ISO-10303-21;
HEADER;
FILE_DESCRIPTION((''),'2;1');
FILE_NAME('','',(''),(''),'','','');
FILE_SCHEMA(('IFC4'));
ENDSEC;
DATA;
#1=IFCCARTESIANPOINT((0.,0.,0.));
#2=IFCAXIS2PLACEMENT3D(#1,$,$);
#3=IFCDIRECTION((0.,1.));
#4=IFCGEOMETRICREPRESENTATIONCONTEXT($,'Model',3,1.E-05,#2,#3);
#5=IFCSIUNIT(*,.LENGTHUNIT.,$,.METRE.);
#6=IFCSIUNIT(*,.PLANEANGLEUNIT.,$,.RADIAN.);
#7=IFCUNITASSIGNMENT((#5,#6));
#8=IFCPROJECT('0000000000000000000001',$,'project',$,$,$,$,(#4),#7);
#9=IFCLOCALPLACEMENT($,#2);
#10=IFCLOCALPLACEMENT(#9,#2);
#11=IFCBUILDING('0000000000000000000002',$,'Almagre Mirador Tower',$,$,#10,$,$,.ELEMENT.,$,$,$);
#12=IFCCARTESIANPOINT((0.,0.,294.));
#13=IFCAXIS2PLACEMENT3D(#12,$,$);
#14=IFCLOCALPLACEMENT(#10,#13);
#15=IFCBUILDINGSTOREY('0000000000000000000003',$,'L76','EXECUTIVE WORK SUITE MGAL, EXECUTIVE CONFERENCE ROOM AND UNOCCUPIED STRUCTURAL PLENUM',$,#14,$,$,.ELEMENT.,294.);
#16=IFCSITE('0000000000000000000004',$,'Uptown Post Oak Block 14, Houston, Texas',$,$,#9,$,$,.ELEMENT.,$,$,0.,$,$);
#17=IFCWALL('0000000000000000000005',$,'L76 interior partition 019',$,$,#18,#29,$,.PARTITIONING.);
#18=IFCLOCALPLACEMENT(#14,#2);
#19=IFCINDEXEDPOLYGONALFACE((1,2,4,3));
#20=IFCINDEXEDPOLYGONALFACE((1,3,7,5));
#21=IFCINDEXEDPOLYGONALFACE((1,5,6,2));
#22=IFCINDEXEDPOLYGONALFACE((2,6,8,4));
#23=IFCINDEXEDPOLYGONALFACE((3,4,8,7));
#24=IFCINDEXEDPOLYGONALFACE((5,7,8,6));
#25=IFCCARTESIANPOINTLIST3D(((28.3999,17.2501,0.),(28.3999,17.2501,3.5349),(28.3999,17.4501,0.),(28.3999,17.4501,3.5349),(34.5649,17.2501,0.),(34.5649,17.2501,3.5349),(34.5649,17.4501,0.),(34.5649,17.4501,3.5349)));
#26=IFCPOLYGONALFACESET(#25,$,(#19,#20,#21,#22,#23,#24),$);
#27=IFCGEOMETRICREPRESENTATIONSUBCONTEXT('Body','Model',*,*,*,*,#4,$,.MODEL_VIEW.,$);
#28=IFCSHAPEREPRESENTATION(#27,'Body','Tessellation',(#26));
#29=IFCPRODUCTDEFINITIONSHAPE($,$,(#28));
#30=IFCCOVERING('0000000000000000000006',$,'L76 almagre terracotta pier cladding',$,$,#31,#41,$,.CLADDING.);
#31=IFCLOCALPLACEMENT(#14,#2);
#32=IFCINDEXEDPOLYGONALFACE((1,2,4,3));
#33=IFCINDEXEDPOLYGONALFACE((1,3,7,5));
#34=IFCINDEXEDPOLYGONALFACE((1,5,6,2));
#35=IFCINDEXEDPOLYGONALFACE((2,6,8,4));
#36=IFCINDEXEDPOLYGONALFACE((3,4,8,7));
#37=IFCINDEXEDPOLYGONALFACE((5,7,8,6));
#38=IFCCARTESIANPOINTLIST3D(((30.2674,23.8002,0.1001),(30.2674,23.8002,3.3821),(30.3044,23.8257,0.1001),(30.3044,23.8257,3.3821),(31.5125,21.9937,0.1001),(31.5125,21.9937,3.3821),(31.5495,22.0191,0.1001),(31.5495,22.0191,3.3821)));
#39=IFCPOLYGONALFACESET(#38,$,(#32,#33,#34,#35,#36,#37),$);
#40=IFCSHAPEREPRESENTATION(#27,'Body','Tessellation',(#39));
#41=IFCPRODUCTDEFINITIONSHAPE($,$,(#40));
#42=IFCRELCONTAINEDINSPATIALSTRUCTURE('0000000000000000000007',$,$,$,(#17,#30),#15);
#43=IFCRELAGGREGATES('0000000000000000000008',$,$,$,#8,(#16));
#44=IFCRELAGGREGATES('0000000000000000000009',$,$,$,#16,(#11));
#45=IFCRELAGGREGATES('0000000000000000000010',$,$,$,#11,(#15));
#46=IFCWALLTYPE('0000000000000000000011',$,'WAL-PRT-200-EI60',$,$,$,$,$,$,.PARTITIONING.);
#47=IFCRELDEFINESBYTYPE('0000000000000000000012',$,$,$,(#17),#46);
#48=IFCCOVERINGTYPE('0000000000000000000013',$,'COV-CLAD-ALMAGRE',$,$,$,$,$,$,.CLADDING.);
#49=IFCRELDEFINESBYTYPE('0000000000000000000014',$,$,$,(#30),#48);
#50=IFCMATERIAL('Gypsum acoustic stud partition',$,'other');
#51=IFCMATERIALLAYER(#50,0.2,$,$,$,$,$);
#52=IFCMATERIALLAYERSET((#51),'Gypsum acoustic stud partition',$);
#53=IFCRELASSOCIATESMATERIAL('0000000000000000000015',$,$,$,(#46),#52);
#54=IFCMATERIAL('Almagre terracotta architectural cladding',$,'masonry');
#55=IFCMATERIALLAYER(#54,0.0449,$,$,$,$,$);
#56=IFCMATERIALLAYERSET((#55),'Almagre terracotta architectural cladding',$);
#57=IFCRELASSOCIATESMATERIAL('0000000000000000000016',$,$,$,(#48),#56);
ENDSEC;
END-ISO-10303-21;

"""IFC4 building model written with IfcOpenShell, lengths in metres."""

from ifc_helpers import new_model, si_unit, direction, frame, frame_2d, origin, origin_2d, place, context, subcontext, project, spatial, rectangle, extrude, material, layer, layer_set, type_object, element, save


model = new_model("IFC4")

# Units and contexts
model_context = context("Model", 3, precision=1e-05, world=origin(), true_north=direction((0.0, 1.0)))
body_context = subcontext(model_context, "Body", "Model", "MODEL_VIEW")
ifc_project = project(units=[si_unit("LENGTHUNIT", "METRE"), si_unit("PLANEANGLEUNIT", "RADIAN")], contexts=[model_context])

# Site, building, storey
site_placement = place(None, origin())
site = spatial("IfcSite", under=ifc_project, at=site_placement, Name="Uptown Post Oak Block 14, Houston, Texas", CompositionType="ELEMENT", RefElevation=0.0)
building_placement = place(site_placement, origin())
building = spatial("IfcBuilding", under=site, at=building_placement, Name="Almagre Mirador Tower", CompositionType="ELEMENT")
storey_placement = place(building_placement, frame((0.0, 0.0, 294.0)))
storey = spatial("IfcBuildingStorey", under=building, at=storey_placement, Name="L76", Description="EXECUTIVE WORK SUITE MGAL, EXECUTIVE CONFERENCE ROOM AND UNOCCUPIED STRUCTURAL PLENUM", CompositionType="ELEMENT", Elevation=294.0)

# Shared definitions
ifc_material_1 = material(Name="Gypsum acoustic stud partition", Category="other")
ifc_layer_1 = layer(ifc_material_1, 0.2)
ifc_layer_set_1 = layer_set([ifc_layer_1], Name="Gypsum acoustic stud partition")
wall_type_1 = type_object("IfcWallType", Name="WAL-PRT-200-EI60", PredefinedType="PARTITIONING", material=ifc_layer_set_1)

# Wall
wall_1_placement = place(storey_placement, frame((34.5649, 17.3501, 0.0), z_axis=(0.0, 0.0, 1.0), x_axis=(-1.0, 0.0, 0.0)))
element("IfcWall", 1, at=wall_1_placement, inside=storey, type_object=wall_type_1, Name="L76 interior partition 019", PredefinedType="PARTITIONING", context=body_context, shape_type="SweptSolid", body=[
    extrude(rectangle(XDim=6.165, YDim=0.2, at=frame_2d((3.0825, 0.0))), origin(), (0.0, 0.0, 1.0), 3.5349),
])

# Covering
ifc_material_2 = material(Name="Almagre terracotta architectural cladding", Category="masonry")
ifc_layer_2 = layer(ifc_material_2, 0.0449)
ifc_layer_set_2 = layer_set([ifc_layer_2], Name="Almagre terracotta architectural cladding")
covering_type = type_object("IfcCoveringType", Name="COV-CLAD-ALMAGRE", PredefinedType="CLADDING", material=ifc_layer_set_2)
covering_placement = place(storey_placement, frame((30.9084, 22.9097, 0.1001), z_axis=(0.0, 0.0, 1.0), x_axis=(-0.567513, 0.823364, 0.0)))
element("IfcCovering", 2, at=covering_placement, inside=storey, type_object=covering_type, Name="L76 almagre terracotta pier cladding", PredefinedType="CLADDING", context=body_context, shape_type="SweptSolid", body=[
    extrude(rectangle(XDim=2.1941, YDim=0.0449, at=origin_2d()), origin(), (0.0, 0.0, 1.0), 3.282),
])

save(model, "model.ifc")
